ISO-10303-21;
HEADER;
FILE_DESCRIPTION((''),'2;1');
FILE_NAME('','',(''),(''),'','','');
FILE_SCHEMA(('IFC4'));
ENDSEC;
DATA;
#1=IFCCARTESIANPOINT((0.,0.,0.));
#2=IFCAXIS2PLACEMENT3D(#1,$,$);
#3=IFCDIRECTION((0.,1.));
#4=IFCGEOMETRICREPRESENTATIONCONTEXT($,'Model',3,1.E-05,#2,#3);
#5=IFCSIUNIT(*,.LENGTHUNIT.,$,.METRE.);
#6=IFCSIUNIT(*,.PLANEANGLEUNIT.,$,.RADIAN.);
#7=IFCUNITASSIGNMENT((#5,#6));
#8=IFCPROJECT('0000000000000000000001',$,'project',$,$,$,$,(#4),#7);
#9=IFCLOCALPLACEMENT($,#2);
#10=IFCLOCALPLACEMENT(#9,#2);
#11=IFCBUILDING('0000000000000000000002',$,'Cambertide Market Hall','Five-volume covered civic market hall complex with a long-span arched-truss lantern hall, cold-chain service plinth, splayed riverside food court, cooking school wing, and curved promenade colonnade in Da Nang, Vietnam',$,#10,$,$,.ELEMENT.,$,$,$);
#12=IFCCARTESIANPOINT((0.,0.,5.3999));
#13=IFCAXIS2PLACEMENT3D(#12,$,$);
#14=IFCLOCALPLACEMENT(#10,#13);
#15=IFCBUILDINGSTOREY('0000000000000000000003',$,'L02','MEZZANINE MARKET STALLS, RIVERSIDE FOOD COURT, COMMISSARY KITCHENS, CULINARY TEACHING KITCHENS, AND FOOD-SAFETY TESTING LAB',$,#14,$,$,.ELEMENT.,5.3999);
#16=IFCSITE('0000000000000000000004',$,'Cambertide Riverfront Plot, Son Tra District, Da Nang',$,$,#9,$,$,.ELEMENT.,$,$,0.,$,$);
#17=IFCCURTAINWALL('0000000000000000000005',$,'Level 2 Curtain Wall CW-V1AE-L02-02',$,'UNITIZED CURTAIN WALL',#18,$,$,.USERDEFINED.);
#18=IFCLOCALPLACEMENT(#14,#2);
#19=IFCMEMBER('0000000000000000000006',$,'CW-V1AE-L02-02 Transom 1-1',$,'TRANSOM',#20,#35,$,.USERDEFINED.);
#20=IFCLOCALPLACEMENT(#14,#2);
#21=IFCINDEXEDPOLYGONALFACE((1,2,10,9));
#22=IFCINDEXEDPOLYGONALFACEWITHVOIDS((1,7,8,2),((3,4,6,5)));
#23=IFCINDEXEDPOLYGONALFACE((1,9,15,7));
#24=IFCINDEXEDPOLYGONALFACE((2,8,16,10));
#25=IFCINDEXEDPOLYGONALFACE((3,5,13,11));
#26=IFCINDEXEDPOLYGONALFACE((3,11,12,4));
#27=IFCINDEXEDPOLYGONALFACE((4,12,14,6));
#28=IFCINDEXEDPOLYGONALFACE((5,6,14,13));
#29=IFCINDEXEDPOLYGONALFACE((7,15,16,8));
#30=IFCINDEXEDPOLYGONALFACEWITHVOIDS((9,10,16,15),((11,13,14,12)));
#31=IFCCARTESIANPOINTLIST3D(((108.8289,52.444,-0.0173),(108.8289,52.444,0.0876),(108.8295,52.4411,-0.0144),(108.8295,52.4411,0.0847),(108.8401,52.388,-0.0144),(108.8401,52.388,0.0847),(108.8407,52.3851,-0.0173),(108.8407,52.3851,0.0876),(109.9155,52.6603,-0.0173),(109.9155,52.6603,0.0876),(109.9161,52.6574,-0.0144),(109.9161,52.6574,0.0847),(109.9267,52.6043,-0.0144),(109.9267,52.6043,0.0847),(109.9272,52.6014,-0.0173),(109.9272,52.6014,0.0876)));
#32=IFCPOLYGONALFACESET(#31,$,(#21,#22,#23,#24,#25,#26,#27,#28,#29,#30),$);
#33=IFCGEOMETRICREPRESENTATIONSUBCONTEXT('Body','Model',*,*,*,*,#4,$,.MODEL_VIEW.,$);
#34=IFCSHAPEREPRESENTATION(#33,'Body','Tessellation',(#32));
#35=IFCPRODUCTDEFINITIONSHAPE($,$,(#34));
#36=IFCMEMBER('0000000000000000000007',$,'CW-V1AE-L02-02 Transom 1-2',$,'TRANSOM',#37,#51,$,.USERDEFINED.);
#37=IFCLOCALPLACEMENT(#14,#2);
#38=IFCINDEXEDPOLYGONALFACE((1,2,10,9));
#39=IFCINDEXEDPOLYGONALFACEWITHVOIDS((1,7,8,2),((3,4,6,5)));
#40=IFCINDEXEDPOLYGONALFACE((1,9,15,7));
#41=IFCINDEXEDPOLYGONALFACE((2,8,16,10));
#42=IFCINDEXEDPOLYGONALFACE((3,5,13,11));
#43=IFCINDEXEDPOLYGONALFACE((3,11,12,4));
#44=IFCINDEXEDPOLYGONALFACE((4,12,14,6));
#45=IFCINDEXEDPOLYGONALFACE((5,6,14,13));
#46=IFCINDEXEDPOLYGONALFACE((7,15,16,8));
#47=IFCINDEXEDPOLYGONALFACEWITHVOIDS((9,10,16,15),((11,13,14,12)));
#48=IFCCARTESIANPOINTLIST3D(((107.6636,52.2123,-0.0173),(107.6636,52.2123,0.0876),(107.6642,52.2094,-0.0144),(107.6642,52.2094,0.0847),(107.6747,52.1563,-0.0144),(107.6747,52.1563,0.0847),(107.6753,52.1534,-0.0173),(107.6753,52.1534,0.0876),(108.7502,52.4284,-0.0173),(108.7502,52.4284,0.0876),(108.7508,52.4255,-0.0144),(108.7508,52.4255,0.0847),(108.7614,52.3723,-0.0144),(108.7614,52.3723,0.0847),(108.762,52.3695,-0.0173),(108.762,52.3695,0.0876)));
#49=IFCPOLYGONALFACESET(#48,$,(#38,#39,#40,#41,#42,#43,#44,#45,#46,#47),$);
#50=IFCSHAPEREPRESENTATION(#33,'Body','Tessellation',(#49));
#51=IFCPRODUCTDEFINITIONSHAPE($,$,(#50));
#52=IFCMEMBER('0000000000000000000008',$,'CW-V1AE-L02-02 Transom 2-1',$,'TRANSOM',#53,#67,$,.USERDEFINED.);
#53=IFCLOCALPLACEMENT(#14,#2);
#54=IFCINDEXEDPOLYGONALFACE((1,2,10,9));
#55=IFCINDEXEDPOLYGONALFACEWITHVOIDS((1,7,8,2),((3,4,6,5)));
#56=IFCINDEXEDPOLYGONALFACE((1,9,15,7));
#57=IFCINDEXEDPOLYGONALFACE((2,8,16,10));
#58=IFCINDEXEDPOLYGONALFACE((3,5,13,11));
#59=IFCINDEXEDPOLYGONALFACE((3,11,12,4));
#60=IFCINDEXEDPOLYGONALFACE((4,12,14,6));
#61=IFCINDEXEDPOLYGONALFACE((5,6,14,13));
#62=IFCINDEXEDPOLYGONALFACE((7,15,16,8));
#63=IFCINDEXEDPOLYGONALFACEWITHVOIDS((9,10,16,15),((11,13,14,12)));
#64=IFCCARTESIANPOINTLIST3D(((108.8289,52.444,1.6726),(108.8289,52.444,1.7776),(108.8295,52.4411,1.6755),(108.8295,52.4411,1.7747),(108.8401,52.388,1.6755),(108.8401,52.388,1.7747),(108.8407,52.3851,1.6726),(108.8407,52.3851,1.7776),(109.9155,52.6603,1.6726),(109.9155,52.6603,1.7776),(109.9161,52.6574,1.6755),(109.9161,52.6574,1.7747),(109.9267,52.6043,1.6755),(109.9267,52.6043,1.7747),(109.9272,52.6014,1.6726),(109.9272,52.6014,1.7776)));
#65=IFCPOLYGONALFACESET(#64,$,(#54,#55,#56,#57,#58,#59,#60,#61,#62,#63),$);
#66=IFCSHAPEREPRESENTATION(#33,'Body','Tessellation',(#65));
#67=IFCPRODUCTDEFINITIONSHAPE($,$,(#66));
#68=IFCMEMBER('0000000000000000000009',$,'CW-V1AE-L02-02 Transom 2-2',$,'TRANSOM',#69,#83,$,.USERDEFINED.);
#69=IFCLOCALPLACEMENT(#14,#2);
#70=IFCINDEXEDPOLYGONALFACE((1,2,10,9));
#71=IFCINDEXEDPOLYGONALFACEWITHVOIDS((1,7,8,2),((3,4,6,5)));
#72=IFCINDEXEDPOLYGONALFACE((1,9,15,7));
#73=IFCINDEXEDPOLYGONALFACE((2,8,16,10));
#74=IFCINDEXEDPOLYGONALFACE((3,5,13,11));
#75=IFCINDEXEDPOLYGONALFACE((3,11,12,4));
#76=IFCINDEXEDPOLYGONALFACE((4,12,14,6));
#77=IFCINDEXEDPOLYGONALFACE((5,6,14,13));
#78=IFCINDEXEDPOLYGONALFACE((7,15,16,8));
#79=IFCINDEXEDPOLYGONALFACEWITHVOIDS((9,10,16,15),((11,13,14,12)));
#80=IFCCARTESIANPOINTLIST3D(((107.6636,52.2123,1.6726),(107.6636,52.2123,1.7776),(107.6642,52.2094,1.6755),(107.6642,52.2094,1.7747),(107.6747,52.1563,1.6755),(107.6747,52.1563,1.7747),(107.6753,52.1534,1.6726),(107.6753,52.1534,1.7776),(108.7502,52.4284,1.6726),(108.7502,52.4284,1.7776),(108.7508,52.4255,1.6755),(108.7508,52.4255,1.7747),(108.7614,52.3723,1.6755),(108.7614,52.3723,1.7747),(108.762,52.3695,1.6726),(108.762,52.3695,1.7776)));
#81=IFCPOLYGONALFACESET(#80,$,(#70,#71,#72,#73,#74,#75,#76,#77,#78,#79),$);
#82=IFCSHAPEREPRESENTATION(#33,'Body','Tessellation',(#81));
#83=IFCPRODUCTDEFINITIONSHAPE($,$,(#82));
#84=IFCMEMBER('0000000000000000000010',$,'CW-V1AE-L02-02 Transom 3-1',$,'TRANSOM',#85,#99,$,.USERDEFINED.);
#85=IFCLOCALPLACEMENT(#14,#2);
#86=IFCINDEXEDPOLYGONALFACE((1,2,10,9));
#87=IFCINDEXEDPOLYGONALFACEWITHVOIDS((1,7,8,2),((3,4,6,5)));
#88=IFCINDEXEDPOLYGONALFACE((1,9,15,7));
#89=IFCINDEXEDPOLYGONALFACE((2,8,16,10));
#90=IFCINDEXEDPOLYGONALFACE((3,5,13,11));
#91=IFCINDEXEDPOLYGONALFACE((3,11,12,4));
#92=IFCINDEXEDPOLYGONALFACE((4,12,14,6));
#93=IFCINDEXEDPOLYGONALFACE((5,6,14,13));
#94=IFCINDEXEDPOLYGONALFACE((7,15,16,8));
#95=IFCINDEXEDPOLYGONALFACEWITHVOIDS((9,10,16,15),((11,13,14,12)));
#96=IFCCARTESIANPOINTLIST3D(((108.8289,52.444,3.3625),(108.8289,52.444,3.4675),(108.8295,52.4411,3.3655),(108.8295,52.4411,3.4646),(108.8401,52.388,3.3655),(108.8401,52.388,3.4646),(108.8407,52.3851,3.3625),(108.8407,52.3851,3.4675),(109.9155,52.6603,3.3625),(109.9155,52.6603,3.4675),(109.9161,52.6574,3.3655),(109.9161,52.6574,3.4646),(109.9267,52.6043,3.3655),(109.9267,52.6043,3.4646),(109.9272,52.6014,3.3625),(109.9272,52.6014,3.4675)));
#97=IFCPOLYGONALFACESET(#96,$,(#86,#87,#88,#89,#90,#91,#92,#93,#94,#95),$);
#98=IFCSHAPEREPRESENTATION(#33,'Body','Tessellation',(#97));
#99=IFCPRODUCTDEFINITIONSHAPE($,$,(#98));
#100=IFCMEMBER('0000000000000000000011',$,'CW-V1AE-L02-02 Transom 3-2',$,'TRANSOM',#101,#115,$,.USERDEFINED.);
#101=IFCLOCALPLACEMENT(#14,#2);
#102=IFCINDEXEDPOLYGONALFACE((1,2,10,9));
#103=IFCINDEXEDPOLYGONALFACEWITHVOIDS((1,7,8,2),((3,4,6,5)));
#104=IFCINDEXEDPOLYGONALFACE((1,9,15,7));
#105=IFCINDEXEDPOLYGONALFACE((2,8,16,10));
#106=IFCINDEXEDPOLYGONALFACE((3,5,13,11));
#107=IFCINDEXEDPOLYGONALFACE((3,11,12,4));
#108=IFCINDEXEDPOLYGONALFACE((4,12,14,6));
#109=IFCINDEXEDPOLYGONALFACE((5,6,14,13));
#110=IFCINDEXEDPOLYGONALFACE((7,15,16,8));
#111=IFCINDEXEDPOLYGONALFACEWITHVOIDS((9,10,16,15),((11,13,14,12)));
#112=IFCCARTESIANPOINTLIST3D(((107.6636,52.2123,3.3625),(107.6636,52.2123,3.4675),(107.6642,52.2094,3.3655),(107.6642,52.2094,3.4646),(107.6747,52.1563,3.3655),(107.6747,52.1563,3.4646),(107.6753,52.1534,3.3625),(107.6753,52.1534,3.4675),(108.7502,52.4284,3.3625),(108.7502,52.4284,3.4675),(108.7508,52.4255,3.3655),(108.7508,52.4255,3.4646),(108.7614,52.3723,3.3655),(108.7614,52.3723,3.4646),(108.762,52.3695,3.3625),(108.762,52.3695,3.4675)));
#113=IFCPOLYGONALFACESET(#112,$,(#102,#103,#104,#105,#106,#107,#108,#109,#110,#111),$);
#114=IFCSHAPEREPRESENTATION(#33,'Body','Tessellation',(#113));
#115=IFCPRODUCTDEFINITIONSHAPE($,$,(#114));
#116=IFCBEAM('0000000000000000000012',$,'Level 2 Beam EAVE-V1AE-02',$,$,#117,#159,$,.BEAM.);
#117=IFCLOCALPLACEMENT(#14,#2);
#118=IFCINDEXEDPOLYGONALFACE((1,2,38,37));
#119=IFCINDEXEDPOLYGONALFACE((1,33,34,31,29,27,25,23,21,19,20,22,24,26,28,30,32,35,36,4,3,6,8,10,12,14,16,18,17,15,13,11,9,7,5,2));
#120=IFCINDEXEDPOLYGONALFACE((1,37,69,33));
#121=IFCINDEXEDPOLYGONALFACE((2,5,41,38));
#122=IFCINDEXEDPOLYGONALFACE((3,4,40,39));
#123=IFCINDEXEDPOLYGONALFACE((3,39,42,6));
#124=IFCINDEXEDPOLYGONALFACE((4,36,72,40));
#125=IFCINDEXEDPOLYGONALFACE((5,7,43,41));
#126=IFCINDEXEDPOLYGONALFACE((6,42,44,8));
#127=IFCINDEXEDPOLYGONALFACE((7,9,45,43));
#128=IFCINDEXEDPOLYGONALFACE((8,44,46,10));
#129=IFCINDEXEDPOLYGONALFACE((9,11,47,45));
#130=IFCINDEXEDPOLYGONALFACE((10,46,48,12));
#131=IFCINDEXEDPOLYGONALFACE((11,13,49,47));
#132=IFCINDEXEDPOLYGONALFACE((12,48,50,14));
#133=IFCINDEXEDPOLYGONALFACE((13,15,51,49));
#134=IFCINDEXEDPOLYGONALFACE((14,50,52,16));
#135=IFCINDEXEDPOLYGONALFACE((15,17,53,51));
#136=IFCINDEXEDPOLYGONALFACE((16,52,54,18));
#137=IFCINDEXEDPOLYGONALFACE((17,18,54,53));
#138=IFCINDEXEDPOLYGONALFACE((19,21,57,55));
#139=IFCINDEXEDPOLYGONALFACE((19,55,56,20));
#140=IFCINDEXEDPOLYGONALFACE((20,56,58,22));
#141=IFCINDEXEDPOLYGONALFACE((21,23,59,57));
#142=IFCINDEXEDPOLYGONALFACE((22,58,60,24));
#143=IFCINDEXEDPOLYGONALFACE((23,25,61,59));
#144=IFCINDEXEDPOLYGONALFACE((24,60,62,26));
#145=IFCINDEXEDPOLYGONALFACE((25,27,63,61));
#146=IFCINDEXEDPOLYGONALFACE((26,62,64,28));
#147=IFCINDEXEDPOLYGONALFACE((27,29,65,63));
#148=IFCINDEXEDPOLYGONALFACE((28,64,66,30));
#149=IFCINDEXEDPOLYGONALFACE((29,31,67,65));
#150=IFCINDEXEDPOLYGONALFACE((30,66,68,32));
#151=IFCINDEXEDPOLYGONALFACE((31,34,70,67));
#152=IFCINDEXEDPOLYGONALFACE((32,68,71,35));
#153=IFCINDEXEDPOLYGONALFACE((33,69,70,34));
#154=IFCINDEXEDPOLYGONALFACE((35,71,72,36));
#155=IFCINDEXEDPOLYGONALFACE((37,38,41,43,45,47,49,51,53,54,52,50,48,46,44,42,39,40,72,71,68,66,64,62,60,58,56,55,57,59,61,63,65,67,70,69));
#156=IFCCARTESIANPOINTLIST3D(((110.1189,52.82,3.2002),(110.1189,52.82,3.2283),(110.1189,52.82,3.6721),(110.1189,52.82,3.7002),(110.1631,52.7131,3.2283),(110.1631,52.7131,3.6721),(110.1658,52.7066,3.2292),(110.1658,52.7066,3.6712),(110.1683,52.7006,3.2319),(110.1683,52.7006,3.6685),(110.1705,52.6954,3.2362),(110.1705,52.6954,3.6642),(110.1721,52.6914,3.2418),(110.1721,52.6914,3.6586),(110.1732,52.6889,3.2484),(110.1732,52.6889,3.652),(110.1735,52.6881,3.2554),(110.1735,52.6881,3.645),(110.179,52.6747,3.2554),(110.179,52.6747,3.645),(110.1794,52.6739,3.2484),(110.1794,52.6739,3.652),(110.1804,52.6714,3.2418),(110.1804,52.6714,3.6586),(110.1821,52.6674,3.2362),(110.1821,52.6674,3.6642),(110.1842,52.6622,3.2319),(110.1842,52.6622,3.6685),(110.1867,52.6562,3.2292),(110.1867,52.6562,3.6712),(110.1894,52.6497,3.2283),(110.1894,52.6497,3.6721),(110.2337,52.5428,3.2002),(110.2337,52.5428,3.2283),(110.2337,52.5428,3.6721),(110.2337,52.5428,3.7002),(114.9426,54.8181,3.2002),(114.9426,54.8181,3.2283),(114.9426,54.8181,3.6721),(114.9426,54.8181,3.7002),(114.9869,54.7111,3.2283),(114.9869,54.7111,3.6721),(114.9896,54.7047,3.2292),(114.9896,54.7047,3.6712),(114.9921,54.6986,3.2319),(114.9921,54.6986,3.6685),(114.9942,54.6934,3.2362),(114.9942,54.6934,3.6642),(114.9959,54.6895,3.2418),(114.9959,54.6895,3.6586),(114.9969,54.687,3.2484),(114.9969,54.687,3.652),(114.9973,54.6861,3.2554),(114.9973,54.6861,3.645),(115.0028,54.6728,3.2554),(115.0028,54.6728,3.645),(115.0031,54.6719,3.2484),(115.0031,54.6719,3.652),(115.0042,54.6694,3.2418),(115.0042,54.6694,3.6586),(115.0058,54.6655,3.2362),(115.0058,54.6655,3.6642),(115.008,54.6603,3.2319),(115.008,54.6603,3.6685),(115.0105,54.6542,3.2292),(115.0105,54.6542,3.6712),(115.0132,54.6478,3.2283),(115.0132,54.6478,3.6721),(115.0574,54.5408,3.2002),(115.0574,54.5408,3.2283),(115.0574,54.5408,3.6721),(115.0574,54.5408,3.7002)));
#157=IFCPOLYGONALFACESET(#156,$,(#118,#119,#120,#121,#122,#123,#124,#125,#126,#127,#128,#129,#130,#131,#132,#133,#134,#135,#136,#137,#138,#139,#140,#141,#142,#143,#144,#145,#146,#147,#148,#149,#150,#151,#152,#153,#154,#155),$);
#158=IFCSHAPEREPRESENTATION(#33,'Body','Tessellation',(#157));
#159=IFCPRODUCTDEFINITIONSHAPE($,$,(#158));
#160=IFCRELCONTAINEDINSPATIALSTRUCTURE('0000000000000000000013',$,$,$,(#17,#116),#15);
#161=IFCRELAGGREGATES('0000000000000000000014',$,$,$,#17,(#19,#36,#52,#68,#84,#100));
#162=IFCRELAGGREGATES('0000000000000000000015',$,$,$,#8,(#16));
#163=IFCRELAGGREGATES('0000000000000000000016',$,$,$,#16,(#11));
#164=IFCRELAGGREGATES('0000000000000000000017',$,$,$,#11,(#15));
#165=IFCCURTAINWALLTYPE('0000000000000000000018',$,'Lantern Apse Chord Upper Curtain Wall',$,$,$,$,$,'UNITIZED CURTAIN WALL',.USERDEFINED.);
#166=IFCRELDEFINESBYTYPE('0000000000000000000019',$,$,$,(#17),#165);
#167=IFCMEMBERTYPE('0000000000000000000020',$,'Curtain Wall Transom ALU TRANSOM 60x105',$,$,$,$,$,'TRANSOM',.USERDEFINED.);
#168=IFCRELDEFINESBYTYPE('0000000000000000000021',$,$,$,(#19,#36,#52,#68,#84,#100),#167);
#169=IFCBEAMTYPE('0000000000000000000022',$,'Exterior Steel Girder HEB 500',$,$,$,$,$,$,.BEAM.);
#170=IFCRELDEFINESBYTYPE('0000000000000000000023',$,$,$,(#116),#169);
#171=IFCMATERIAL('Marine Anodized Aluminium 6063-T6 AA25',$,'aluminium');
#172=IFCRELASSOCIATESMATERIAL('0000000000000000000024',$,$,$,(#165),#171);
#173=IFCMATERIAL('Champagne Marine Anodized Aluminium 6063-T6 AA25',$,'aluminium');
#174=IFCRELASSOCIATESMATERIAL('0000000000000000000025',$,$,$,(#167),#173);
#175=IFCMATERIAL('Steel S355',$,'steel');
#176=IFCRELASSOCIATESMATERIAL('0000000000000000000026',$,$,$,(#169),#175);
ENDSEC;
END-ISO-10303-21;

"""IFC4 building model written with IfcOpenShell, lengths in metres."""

from ifc_helpers import new_model, si_unit, direction, frame, origin, origin_2d, place, context, subcontext, project, spatial, hollow_rectangle, i_section, extrude, material, material_profile, profile_set, type_object, element, aggregate, save


model = new_model("IFC4")

# Units and contexts
model_context = context("Model", 3, precision=1e-05, world=origin(), true_north=direction((0.0, 1.0)))
body_context = subcontext(model_context, "Body", "Model", "MODEL_VIEW")
ifc_project = project(units=[si_unit("LENGTHUNIT", "METRE"), si_unit("PLANEANGLEUNIT", "RADIAN")], contexts=[model_context])

# Site, building, storey
site_placement = place(None, origin())
site = spatial("IfcSite", under=ifc_project, at=site_placement, Name="Cambertide Riverfront Plot, Son Tra District, Da Nang", CompositionType="ELEMENT", RefElevation=0.0)
building_placement = place(site_placement, origin())
building = spatial("IfcBuilding", under=site, at=building_placement, Name="Cambertide Market Hall", Description="Five-volume covered civic market hall complex with a long-span arched-truss lantern hall, cold-chain service plinth, splayed riverside food court, cooking school wing, and curved promenade colonnade in Da Nang, Vietnam", CompositionType="ELEMENT")
storey_placement = place(building_placement, frame((0.0, 0.0, 5.3999)))
storey = spatial("IfcBuildingStorey", under=building, at=storey_placement, Name="L02", Description="MEZZANINE MARKET STALLS, RIVERSIDE FOOD COURT, COMMISSARY KITCHENS, CULINARY TEACHING KITCHENS, AND FOOD-SAFETY TESTING LAB", CompositionType="ELEMENT", Elevation=5.3999)

# Shared definitions
ifc_material_1 = material(Name="Marine Anodized Aluminium 6063-T6 AA25", Category="aluminium")
curtain_wall_type = type_object("IfcCurtainWallType", Name="Lantern Apse Chord Upper Curtain Wall", ElementType="UNITIZED CURTAIN WALL", PredefinedType="USERDEFINED", material=ifc_material_1)

# Curtain wall
curtain_wall_1_placement = place(storey_placement, origin())
curtain_wall_1 = element("IfcCurtainWall", 1, at=curtain_wall_1_placement, inside=storey, type_object=curtain_wall_type, Name="Level 2 Curtain Wall CW-V1AE-L02-02", ObjectType="UNITIZED CURTAIN WALL", PredefinedType="USERDEFINED")

# Members
ifc_material_2 = material(Name="Champagne Marine Anodized Aluminium 6063-T6 AA25", Category="aluminium")
ifc_material_profile_1 = material_profile(ifc_material_2, hollow_rectangle(XDim=0.0601, YDim=0.105, WallThickness=0.0029, at=origin_2d()), Name="ALU TRANSOM 60x105")
ifc_profile_set_1 = profile_set([ifc_material_profile_1], Name="Champagne Marine Anodized Aluminium 6063-T6 AA25")
member_type_1 = type_object("IfcMemberType", Name="Curtain Wall Transom ALU TRANSOM 60x105", ElementType="TRANSOM", PredefinedType="USERDEFINED", material=ifc_profile_set_1)
member_1_placement = place(storey_placement, frame((109.9214, 52.6309, 0.0352), z_axis=(-0.980758, -0.195226, 0.0), x_axis=(0.195226, -0.980758, 0.0)))
member_1 = element("IfcMember", 2, at=member_1_placement, type_object=member_type_1, Name="CW-V1AE-L02-02 Transom 1-1", ObjectType="TRANSOM", PredefinedType="USERDEFINED", context=body_context, shape_type="SweptSolid", body=[
    extrude(hollow_rectangle(XDim=0.0601, YDim=0.105, WallThickness=0.0029, at=origin_2d()), origin(), (0.0, 0.0, 1.0), 1.1079),
])
member_2_placement = place(storey_placement, frame((108.7561, 52.3989, 0.0352), z_axis=(-0.9808, -0.195014, 0.0), x_axis=(0.195014, -0.9808, 0.0)))
member_2 = element("IfcMember", 3, at=member_2_placement, type_object=member_type_1, Name="CW-V1AE-L02-02 Transom 1-2", ObjectType="TRANSOM", PredefinedType="USERDEFINED", context=body_context, shape_type="SweptSolid", body=[
    extrude(hollow_rectangle(XDim=0.0601, YDim=0.105, WallThickness=0.0029, at=origin_2d()), origin(), (0.0, 0.0, 1.0), 1.1079),
])
member_3_placement = place(storey_placement, frame((109.9214, 52.6309, 1.7251), z_axis=(-0.980758, -0.195226, 0.0), x_axis=(0.195226, -0.980758, 0.0)))
member_3 = element("IfcMember", 4, at=member_3_placement, type_object=member_type_1, Name="CW-V1AE-L02-02 Transom 2-1", ObjectType="TRANSOM", PredefinedType="USERDEFINED", context=body_context, shape_type="SweptSolid", body=[
    extrude(hollow_rectangle(XDim=0.0601, YDim=0.105, WallThickness=0.0029, at=origin_2d()), origin(), (0.0, 0.0, 1.0), 1.1079),
])
member_4_placement = place(storey_placement, frame((108.7561, 52.3989, 1.7251), z_axis=(-0.9808, -0.195014, 0.0), x_axis=(0.195014, -0.9808, 0.0)))
member_4 = element("IfcMember", 5, at=member_4_placement, type_object=member_type_1, Name="CW-V1AE-L02-02 Transom 2-2", ObjectType="TRANSOM", PredefinedType="USERDEFINED", context=body_context, shape_type="SweptSolid", body=[
    extrude(hollow_rectangle(XDim=0.0601, YDim=0.105, WallThickness=0.0029, at=origin_2d()), origin(), (0.0, 0.0, 1.0), 1.1079),
])
member_5_placement = place(storey_placement, frame((109.9214, 52.6309, 3.415), z_axis=(-0.980758, -0.195226, 0.0), x_axis=(0.195226, -0.980758, 0.0)))
member_5 = element("IfcMember", 6, at=member_5_placement, type_object=member_type_1, Name="CW-V1AE-L02-02 Transom 3-1", ObjectType="TRANSOM", PredefinedType="USERDEFINED", context=body_context, shape_type="SweptSolid", body=[
    extrude(hollow_rectangle(XDim=0.0601, YDim=0.105, WallThickness=0.0029, at=origin_2d()), origin(), (0.0, 0.0, 1.0), 1.1079),
])
member_6_placement = place(storey_placement, frame((108.7561, 52.3989, 3.415), z_axis=(-0.9808, -0.195014, 0.0), x_axis=(0.195014, -0.9808, 0.0)))
member_6 = element("IfcMember", 7, at=member_6_placement, type_object=member_type_1, Name="CW-V1AE-L02-02 Transom 3-2", ObjectType="TRANSOM", PredefinedType="USERDEFINED", context=body_context, shape_type="SweptSolid", body=[
    extrude(hollow_rectangle(XDim=0.0601, YDim=0.105, WallThickness=0.0029, at=origin_2d()), origin(), (0.0, 0.0, 1.0), 1.1079),
])

# Beam
ifc_material_3 = material(Name="Steel S355", Category="steel")
ifc_material_profile_2 = material_profile(ifc_material_3, i_section(OverallWidth=0.3, OverallDepth=0.5, WebThickness=0.0144, FlangeThickness=0.0281, FilletRadius=0.0271, at=origin_2d()), Name="HEB 500")
ifc_profile_set_2 = profile_set([ifc_material_profile_2], Name="Steel S355")
beam_type_1 = type_object("IfcBeamType", Name="Exterior Steel Girder HEB 500", PredefinedType="BEAM", material=ifc_profile_set_2)
beam_1_placement = place(storey_placement, frame((110.1763, 52.6814, 3.4502), z_axis=(0.92388, 0.382682, 0.0), x_axis=(-0.382682, 0.92388, 0.0)))
element("IfcBeam", 8, at=beam_1_placement, inside=storey, type_object=beam_type_1, Name="Level 2 Beam EAVE-V1AE-02", PredefinedType="BEAM", context=body_context, shape_type="SweptSolid", body=[
    extrude(i_section(OverallWidth=0.3, OverallDepth=0.5, WebThickness=0.0144, FlangeThickness=0.0281, FilletRadius=0.0271, at=origin_2d()), origin(), (0.0, 0.0, 1.0), 5.2212),
])

aggregate(curtain_wall_1, [member_1, member_2, member_3, member_4, member_5, member_6])

save(model, "model.ifc")
